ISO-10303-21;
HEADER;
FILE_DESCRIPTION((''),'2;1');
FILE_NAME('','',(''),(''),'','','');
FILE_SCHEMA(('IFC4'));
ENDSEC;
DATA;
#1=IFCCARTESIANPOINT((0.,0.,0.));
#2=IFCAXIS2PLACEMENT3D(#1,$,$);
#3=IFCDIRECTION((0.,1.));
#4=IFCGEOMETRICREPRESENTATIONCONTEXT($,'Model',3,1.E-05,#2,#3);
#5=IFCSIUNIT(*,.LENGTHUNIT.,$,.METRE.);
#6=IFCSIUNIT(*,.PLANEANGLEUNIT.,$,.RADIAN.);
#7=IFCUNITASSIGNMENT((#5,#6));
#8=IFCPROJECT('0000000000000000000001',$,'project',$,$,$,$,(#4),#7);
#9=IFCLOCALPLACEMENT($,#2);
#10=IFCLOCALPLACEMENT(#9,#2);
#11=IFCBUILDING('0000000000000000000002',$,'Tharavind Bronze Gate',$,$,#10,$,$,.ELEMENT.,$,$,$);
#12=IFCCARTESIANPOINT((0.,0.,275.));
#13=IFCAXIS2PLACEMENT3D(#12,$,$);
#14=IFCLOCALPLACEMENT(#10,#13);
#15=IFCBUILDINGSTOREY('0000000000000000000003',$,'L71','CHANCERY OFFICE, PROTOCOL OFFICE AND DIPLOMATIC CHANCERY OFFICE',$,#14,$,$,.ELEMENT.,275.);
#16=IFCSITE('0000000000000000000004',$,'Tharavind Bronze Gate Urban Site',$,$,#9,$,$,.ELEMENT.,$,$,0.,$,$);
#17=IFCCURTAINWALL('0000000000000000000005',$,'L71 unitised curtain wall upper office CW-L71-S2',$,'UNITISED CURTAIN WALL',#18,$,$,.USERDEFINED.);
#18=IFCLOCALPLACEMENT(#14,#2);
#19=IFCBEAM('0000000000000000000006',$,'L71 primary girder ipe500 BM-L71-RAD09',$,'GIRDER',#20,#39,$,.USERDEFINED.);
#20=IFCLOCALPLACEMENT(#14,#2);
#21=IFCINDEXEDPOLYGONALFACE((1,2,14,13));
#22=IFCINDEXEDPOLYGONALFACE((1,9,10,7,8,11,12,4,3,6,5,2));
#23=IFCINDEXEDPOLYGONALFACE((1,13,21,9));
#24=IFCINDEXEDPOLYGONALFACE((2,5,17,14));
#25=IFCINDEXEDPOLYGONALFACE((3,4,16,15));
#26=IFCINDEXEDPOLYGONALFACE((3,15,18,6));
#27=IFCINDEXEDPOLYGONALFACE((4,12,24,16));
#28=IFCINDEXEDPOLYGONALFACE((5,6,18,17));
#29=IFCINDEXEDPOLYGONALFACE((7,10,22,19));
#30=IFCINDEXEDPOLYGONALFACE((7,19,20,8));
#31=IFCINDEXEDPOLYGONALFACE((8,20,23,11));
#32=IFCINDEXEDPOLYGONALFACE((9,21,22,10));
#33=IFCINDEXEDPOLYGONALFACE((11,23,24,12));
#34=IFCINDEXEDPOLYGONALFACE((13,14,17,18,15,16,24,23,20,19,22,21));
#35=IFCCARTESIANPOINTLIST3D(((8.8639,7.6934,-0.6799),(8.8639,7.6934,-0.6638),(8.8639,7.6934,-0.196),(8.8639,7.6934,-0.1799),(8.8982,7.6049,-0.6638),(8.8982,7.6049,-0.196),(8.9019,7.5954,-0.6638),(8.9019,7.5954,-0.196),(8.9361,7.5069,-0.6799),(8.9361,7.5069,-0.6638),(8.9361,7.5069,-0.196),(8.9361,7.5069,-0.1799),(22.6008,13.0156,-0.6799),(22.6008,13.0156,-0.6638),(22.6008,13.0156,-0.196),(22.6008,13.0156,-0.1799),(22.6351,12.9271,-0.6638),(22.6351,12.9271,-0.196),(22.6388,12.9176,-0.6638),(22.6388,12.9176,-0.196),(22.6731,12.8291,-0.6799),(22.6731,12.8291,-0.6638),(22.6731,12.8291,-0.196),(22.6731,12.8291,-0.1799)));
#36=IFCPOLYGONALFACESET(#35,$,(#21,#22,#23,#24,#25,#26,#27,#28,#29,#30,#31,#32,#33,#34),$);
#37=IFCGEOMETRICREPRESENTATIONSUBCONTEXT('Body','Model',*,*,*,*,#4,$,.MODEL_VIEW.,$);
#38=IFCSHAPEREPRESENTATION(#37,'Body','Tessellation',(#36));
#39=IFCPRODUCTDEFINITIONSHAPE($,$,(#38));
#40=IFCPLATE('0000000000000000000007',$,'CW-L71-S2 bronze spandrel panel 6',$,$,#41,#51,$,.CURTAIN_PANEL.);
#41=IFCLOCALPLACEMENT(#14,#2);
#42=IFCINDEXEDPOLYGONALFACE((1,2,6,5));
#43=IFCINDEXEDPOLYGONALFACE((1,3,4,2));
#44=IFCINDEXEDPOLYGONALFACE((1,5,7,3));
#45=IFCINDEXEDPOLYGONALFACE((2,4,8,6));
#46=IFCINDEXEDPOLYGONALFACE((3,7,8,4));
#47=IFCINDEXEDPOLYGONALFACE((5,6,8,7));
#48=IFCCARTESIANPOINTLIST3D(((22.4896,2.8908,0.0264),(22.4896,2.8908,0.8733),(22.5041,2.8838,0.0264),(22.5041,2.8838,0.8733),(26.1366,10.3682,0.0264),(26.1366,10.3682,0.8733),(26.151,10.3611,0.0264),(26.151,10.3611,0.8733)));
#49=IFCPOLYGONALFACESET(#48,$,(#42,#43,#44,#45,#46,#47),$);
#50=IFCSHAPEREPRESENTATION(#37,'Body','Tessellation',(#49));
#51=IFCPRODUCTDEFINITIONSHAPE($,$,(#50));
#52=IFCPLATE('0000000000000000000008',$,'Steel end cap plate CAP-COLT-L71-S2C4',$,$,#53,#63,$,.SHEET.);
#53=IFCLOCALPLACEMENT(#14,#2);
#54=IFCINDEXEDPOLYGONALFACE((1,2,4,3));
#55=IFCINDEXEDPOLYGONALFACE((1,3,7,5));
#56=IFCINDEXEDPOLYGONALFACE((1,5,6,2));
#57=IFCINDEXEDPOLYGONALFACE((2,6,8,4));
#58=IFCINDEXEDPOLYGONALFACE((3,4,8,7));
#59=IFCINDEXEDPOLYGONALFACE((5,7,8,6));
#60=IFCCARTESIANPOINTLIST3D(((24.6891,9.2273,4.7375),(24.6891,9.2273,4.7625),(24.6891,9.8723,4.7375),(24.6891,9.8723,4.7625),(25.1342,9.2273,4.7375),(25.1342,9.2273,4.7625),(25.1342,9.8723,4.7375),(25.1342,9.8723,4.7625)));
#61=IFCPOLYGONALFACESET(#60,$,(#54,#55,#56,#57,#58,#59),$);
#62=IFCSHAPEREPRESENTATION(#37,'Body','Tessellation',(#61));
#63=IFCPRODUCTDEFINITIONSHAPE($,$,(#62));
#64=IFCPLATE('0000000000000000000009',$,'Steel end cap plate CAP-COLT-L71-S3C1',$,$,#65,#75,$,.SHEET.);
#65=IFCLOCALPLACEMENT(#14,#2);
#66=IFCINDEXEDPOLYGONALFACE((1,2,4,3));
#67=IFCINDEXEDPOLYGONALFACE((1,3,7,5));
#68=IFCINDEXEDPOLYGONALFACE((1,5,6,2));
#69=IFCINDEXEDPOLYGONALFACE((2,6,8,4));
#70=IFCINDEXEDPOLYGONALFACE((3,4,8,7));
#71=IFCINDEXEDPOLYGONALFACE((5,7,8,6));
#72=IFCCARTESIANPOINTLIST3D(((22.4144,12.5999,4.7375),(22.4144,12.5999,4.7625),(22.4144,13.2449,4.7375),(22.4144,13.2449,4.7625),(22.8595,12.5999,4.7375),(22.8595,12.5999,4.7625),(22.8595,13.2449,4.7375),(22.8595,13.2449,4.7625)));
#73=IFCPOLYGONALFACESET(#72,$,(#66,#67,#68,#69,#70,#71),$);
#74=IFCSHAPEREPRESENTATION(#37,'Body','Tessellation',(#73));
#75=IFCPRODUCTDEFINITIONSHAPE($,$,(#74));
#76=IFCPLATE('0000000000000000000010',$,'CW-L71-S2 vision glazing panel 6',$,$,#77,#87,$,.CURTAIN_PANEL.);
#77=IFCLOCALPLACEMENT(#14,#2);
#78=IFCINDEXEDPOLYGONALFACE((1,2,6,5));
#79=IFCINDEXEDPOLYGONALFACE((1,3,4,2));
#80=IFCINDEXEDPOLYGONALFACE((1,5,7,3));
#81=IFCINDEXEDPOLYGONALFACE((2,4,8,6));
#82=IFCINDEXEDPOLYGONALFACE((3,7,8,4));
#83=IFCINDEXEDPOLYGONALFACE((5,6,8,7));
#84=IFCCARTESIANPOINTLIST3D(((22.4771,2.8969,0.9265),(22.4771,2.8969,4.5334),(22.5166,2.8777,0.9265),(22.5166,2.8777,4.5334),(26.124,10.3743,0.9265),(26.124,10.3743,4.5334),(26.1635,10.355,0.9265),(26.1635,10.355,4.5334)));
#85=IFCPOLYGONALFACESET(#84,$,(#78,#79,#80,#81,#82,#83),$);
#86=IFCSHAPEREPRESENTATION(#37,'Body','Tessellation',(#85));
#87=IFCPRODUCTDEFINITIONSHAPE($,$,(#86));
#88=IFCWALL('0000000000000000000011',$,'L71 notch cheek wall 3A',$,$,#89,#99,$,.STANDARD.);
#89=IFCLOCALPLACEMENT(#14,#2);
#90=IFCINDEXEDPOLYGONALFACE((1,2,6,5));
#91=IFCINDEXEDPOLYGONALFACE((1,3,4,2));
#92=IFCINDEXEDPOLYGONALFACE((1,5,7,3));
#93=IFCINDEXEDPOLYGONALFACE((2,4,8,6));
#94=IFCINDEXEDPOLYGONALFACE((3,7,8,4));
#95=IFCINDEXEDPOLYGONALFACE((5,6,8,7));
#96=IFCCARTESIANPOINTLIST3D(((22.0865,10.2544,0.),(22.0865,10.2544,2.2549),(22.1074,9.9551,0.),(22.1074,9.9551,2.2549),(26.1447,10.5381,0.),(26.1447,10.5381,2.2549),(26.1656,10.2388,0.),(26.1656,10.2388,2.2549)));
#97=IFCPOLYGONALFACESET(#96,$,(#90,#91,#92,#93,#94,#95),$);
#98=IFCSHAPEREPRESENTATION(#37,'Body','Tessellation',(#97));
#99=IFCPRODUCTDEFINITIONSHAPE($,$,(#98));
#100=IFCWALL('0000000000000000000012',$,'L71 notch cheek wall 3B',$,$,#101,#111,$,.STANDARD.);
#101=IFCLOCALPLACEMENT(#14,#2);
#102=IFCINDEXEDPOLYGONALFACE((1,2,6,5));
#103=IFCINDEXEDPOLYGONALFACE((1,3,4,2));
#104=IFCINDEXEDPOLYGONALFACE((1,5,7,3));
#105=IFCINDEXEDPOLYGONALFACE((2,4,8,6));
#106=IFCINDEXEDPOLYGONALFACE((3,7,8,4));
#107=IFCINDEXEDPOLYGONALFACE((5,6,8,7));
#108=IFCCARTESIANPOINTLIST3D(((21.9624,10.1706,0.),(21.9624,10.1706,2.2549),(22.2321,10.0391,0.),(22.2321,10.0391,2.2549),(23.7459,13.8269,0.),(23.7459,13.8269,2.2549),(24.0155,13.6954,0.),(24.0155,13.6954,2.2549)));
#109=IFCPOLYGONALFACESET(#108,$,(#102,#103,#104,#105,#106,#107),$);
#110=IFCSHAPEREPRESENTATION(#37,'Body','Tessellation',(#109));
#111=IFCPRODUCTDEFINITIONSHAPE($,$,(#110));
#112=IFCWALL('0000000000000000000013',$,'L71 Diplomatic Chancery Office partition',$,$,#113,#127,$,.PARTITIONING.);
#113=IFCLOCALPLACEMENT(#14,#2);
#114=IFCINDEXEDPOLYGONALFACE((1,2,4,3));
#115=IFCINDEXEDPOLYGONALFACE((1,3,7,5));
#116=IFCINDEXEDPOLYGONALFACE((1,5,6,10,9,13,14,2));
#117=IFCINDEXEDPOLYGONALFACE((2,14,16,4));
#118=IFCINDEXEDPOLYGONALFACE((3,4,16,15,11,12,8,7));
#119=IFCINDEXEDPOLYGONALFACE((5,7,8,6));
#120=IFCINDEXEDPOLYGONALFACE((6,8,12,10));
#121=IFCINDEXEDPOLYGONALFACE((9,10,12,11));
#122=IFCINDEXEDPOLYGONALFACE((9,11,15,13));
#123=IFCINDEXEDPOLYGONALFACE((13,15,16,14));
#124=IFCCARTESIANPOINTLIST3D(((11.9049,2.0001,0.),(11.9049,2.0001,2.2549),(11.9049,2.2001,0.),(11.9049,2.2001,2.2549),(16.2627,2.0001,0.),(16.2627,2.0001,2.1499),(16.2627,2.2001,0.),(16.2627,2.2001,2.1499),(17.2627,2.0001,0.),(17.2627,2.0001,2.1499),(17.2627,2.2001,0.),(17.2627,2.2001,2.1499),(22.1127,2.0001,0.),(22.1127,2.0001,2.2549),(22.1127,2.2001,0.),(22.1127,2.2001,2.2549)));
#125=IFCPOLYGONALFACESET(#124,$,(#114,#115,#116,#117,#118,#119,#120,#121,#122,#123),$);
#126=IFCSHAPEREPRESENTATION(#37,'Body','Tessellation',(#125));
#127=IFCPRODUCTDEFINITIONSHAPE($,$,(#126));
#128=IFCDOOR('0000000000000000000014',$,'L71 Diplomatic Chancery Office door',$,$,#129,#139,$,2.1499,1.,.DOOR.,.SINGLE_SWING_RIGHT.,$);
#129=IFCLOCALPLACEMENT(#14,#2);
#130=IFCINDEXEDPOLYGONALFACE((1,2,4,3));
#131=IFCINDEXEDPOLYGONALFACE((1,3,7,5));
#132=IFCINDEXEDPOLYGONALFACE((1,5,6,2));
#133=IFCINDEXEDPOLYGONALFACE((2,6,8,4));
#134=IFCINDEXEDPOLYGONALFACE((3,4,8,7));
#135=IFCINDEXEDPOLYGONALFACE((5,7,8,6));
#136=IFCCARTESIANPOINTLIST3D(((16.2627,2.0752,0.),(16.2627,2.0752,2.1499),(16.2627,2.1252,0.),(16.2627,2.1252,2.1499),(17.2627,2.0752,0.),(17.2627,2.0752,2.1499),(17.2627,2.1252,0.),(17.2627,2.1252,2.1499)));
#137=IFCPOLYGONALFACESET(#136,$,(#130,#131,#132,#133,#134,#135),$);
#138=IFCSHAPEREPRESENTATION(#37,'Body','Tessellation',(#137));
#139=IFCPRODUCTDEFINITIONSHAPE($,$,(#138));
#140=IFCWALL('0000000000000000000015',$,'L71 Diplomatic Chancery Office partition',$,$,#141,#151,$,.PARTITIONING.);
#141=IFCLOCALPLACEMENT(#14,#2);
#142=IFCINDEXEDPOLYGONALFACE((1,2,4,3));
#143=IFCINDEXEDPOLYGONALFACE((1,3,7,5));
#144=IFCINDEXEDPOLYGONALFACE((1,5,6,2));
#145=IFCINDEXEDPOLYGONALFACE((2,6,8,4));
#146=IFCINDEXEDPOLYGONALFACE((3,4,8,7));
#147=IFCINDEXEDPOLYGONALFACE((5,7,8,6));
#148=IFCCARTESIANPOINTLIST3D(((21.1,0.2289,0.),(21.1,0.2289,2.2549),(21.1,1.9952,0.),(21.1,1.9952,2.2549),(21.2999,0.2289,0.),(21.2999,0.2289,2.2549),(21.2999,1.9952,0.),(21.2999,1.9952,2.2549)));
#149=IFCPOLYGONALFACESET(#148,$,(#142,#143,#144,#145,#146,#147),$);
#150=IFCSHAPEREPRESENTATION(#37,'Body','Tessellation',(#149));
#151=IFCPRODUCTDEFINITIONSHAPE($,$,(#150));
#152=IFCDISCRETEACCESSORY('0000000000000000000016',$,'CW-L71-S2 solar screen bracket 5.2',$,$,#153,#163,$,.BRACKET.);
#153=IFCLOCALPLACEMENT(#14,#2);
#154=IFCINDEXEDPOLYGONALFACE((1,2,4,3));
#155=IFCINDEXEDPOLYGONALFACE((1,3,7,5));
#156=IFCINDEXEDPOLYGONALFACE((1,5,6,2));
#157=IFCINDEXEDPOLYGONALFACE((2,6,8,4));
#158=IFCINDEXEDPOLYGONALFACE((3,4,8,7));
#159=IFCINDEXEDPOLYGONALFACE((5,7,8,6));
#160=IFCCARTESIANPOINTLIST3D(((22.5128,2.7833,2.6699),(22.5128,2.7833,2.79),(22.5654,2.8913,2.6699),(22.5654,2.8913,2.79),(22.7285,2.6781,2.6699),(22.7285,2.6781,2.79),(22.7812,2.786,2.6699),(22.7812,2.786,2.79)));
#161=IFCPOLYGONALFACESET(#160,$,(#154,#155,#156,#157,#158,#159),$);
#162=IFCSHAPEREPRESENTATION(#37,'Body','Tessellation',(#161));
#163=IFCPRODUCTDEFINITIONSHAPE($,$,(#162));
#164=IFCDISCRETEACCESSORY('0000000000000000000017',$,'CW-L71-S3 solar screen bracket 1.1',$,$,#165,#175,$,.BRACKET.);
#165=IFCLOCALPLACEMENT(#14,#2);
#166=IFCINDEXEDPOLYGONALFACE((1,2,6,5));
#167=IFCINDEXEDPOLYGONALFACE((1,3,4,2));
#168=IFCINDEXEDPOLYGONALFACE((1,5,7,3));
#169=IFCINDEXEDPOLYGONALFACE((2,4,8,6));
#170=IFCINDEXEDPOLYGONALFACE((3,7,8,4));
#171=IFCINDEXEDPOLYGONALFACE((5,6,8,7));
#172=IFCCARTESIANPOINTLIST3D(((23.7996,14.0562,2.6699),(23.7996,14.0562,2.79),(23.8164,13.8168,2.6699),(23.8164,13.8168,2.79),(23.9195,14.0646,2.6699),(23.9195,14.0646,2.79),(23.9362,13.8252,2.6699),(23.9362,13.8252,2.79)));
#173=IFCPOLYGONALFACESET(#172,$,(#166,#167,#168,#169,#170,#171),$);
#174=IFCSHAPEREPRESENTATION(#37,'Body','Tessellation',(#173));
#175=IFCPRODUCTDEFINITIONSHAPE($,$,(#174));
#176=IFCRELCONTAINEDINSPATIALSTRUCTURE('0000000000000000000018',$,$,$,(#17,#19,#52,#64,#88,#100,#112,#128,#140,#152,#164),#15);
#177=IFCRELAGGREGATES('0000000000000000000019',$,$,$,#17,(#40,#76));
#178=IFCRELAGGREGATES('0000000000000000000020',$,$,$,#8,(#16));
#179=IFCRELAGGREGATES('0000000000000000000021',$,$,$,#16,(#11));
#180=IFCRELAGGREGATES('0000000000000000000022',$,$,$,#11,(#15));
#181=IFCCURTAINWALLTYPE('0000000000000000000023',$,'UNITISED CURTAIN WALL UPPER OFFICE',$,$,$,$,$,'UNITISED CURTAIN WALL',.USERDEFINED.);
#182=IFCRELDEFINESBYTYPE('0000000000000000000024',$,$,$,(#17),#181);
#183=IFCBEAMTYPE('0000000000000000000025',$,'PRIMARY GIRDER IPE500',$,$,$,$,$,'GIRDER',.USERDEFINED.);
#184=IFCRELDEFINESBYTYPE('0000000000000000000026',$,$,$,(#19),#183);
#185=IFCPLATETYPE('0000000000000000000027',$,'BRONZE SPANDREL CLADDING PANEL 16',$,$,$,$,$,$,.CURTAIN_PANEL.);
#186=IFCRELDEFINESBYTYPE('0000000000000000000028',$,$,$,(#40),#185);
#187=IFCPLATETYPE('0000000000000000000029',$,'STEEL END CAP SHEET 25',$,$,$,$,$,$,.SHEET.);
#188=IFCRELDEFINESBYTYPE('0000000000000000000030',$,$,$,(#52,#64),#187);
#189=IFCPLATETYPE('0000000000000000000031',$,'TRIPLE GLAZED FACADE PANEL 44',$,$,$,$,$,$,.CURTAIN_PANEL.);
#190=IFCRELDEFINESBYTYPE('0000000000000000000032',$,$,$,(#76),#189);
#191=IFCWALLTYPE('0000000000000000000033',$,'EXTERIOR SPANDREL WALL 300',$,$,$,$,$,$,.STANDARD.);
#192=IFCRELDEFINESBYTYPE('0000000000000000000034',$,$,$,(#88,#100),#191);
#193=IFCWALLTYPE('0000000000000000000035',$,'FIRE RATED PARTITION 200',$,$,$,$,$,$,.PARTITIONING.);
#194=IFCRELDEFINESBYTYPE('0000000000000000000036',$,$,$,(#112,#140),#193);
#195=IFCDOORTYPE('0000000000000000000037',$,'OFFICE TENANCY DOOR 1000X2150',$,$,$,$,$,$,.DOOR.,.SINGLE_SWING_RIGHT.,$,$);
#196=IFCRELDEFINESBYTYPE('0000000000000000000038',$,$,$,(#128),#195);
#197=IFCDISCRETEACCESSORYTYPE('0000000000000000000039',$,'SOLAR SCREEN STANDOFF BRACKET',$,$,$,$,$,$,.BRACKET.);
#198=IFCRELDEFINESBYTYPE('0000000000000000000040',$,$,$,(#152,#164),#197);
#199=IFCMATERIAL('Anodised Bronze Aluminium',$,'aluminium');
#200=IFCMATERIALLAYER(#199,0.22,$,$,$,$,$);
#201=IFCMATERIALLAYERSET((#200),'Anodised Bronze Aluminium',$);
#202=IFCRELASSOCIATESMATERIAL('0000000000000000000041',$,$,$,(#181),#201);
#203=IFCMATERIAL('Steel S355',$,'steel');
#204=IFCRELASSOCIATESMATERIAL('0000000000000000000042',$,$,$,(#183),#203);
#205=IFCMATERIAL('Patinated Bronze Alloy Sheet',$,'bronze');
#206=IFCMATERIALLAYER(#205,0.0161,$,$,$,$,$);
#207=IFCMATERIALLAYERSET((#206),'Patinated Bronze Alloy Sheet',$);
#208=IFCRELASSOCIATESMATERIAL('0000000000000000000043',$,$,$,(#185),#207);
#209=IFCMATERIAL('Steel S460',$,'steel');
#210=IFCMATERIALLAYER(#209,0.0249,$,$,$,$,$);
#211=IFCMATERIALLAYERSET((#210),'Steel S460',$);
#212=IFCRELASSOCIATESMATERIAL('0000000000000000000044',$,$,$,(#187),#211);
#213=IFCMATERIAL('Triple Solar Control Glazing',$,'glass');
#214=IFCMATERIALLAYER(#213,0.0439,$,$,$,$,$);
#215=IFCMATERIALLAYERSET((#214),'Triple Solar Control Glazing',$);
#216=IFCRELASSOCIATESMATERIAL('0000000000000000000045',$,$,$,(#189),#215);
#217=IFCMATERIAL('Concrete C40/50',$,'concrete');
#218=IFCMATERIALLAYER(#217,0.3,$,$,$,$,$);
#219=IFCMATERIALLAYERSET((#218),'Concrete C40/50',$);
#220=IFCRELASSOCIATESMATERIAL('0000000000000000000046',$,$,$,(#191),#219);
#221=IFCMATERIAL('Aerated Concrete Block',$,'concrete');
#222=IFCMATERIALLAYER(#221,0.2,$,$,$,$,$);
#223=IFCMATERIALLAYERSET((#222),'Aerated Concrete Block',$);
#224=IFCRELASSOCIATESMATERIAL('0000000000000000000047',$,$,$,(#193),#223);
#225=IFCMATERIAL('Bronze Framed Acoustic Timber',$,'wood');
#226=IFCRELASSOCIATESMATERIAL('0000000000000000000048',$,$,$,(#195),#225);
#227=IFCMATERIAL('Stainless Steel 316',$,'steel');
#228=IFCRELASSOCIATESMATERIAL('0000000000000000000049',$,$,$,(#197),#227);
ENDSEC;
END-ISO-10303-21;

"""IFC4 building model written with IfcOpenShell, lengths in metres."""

from ifc_helpers import new_model, si_unit, direction, frame, frame_2d, origin, origin_2d, place, context, subcontext, project, spatial, rectangle, i_section, extrude, material, layer, layer_set, material_profile, profile_set, type_object, element, fill, aggregate, save


model = new_model("IFC4")

# Units and contexts
model_context = context("Model", 3, precision=1e-05, world=origin(), true_north=direction((0.0, 1.0)))
body_context = subcontext(model_context, "Body", "Model", "MODEL_VIEW")
ifc_project = project(units=[si_unit("LENGTHUNIT", "METRE"), si_unit("PLANEANGLEUNIT", "RADIAN")], contexts=[model_context])

# Site, building, storey
site_placement = place(None, origin())
site = spatial("IfcSite", under=ifc_project, at=site_placement, Name="Tharavind Bronze Gate Urban Site", CompositionType="ELEMENT", RefElevation=0.0)
building_placement = place(site_placement, origin())
building = spatial("IfcBuilding", under=site, at=building_placement, Name="Tharavind Bronze Gate", CompositionType="ELEMENT")
storey_placement = place(building_placement, frame((0.0, 0.0, 275.0)))
storey = spatial("IfcBuildingStorey", under=building, at=storey_placement, Name="L71", Description="CHANCERY OFFICE, PROTOCOL OFFICE AND DIPLOMATIC CHANCERY OFFICE", CompositionType="ELEMENT", Elevation=275.0)

# Shared definitions
ifc_material_1 = material(Name="Steel S460", Category="steel")

# Curtain wall
ifc_material_2 = material(Name="Anodised Bronze Aluminium", Category="aluminium")
ifc_layer_1 = layer(ifc_material_2, 0.22)
ifc_layer_set_1 = layer_set([ifc_layer_1], Name="Anodised Bronze Aluminium")
curtain_wall_type = type_object("IfcCurtainWallType", Name="UNITISED CURTAIN WALL UPPER OFFICE", ElementType="UNITISED CURTAIN WALL", PredefinedType="USERDEFINED", material=ifc_layer_set_1)
curtain_wall_1_placement = place(storey_placement, origin())
curtain_wall_1 = element("IfcCurtainWall", 1, at=curtain_wall_1_placement, inside=storey, type_object=curtain_wall_type, Name="L71 unitised curtain wall upper office CW-L71-S2", ObjectType="UNITISED CURTAIN WALL", PredefinedType="USERDEFINED")

# Beam
ifc_material_3 = material(Name="Steel S355", Category="steel")
ifc_material_profile_1 = material_profile(ifc_material_3, i_section(OverallWidth=0.2, OverallDepth=0.5, WebThickness=0.0103, FlangeThickness=0.0161, at=origin_2d()), Name="IPE500")
ifc_profile_set_1 = profile_set([ifc_material_profile_1], Name="Steel S355")
beam_type_1 = type_object("IfcBeamType", Name="PRIMARY GIRDER IPE500", ElementType="GIRDER", PredefinedType="USERDEFINED", material=ifc_profile_set_1)
beam_1_placement = place(storey_placement, frame((22.637, 12.9224, -0.4299), z_axis=(-0.932461, -0.361271, 0.0), x_axis=(0.361271, -0.932461, 0.0)))
element("IfcBeam", 2, at=beam_1_placement, inside=storey, type_object=beam_type_1, Name="L71 primary girder ipe500 BM-L71-RAD09", ObjectType="GIRDER", PredefinedType="USERDEFINED", context=body_context, shape_type="SweptSolid", body=[
    extrude(i_section(OverallWidth=0.2, OverallDepth=0.5, WebThickness=0.0103, FlangeThickness=0.0161, at=origin_2d()), origin(), (0.0, 0.0, 1.0), 14.7319),
])

# Plate
ifc_material_4 = material(Name="Patinated Bronze Alloy Sheet", Category="bronze")
ifc_layer_2 = layer(ifc_material_4, 0.0161)
ifc_layer_set_2 = layer_set([ifc_layer_2], Name="Patinated Bronze Alloy Sheet")
plate_type_1 = type_object("IfcPlateType", Name="BRONZE SPANDREL CLADDING PANEL 16", PredefinedType="CURTAIN_PANEL", material=ifc_layer_set_2)
plate_1_placement = place(storey_placement, frame((24.3203, 6.626, 0.0264), z_axis=(0.0, 0.0, 1.0), x_axis=(0.438373, 0.898793, 0.0)))
plate_1 = element("IfcPlate", 3, at=plate_1_placement, type_object=plate_type_1, Name="CW-L71-S2 bronze spandrel panel 6", PredefinedType="CURTAIN_PANEL", context=body_context, shape_type="SweptSolid", body=[
    extrude(rectangle(XDim=8.3193, YDim=0.0161, at=origin_2d()), origin(), (0.0, 0.0, 1.0), 0.8469),
])

# Plates
ifc_layer_3 = layer(ifc_material_1, 0.0249)
ifc_layer_set_3 = layer_set([ifc_layer_3], Name="Steel S460")
plate_type_2 = type_object("IfcPlateType", Name="STEEL END CAP SHEET 25", PredefinedType="SHEET", material=ifc_layer_set_3)
for number, where, z_axis, x_axis, name in (
    (4, (24.9116, 9.5498, 4.7375), (0.0, 0.0, 1.0), (1.0, 0.0, 0.0), "Steel end cap plate CAP-COLT-L71-S2C4"),
    (5, (22.637, 12.9224, 4.7375), (0.0, 0.0, 1.0), (1.0, 0.0, 0.0), "Steel end cap plate CAP-COLT-L71-S3C1"),
):
    element("IfcPlate", number, at=place(storey_placement, frame(where, z_axis=z_axis, x_axis=x_axis)), inside=storey, type_object=plate_type_2, Name=name, PredefinedType="SHEET", context=body_context, shape_type="SweptSolid", body=[
        extrude(rectangle(XDim=0.4451, YDim=0.645, at=origin_2d()), origin(), (0.0, 0.0, 1.0), 0.0249),
    ])

# Plate
ifc_material_5 = material(Name="Triple Solar Control Glazing", Category="glass")
ifc_layer_4 = layer(ifc_material_5, 0.0439)
ifc_layer_set_4 = layer_set([ifc_layer_4], Name="Triple Solar Control Glazing")
plate_type_3 = type_object("IfcPlateType", Name="TRIPLE GLAZED FACADE PANEL 44", PredefinedType="CURTAIN_PANEL", material=ifc_layer_set_4)
plate_2_placement = place(storey_placement, frame((24.3203, 6.626, 0.9265), z_axis=(0.0, 0.0, 1.0), x_axis=(0.438373, 0.898793, 0.0)))
plate_2 = element("IfcPlate", 6, at=plate_2_placement, type_object=plate_type_3, Name="CW-L71-S2 vision glazing panel 6", PredefinedType="CURTAIN_PANEL", context=body_context, shape_type="SweptSolid", body=[
    extrude(rectangle(XDim=8.3193, YDim=0.0439, at=origin_2d()), origin(), (0.0, 0.0, 1.0), 3.6069),
])
aggregate(curtain_wall_1, [plate_1, plate_2])

# Walls
ifc_material_6 = material(Name="Concrete C40/50", Category="concrete")
ifc_layer_5 = layer(ifc_material_6, 0.3)
ifc_layer_set_5 = layer_set([ifc_layer_5], Name="Concrete C40/50")
wall_type_1 = type_object("IfcWallType", Name="EXTERIOR SPANDREL WALL 300", PredefinedType="STANDARD", material=ifc_layer_set_5)
for number, where, z_axis, x_axis, name in (
    (7, (26.1553, 10.3884, 0.0), (0.0, 0.0, 1.0), (-0.997565, -0.069737, 0.0), "L71 notch cheek wall 3A"),
    (8, (22.0972, 10.1047, 0.0), (0.0, 0.0, 1.0), (0.438406, 0.898777, 0.0), "L71 notch cheek wall 3B"),
):
    element("IfcWall", number, at=place(storey_placement, frame(where, z_axis=z_axis, x_axis=x_axis)), inside=storey, type_object=wall_type_1, Name=name, PredefinedType="STANDARD", context=body_context, shape_type="SweptSolid", body=[
        extrude(rectangle(XDim=4.0681, YDim=0.3, at=frame_2d((2.0342, 0.0))), origin(), (0.0, 0.0, 1.0), 2.2549),
    ])

# Wall, opening, door
ifc_material_7 = material(Name="Aerated Concrete Block", Category="concrete")
ifc_layer_6 = layer(ifc_material_7, 0.2)
ifc_layer_set_6 = layer_set([ifc_layer_6], Name="Aerated Concrete Block")
wall_type_2 = type_object("IfcWallType", Name="FIRE RATED PARTITION 200", PredefinedType="PARTITIONING", material=ifc_layer_set_6)
wall_1_placement = place(storey_placement, frame((22.1128, 2.1001, 0.0), z_axis=(0.0, 0.0, 1.0), x_axis=(-1.0, 0.0, 0.0)))
wall_1 = element("IfcWall", 9, at=wall_1_placement, inside=storey, type_object=wall_type_2, Name="L71 Diplomatic Chancery Office partition", PredefinedType="PARTITIONING", context=body_context, shape_type="SweptSolid", body=[
    extrude(rectangle(XDim=10.2078, YDim=0.2, at=frame_2d((5.104, 0.0))), origin(), (0.0, 0.0, 1.0), 2.2549),
])
opening_placement = place(wall_1_placement, frame((4.8501, 0.0, 0.0)))
opening = element("IfcOpeningElement", 10, at=opening_placement, cuts=wall_1, PredefinedType="OPENING", context=body_context, shape_type="SweptSolid", body=[
    extrude(rectangle(XDim=1.0, YDim=2.1499, at=frame_2d((0.5, 1.075))), frame((0.0, 0.1101, 0.0), z_axis=(0.0, -1.0, 0.0), x_axis=(1.0, 0.0, 0.0)), (0.0, 0.0, 1.0), 0.22),
])
ifc_material_8 = material(Name="Bronze Framed Acoustic Timber", Category="wood")
door_type = type_object("IfcDoorType", Name="OFFICE TENANCY DOOR 1000X2150", OperationType="SINGLE_SWING_RIGHT", PredefinedType="DOOR", material=ifc_material_8)
door_placement = place(opening_placement, origin())
door = element("IfcDoor", 11, at=door_placement, inside=storey, type_object=door_type, Name="L71 Diplomatic Chancery Office door", OperationType="SINGLE_SWING_RIGHT", OverallHeight=2.1499, OverallWidth=1.0, PredefinedType="DOOR", context=body_context, shape_type="SweptSolid", body=[
    extrude(rectangle(XDim=1.0, YDim=2.1499, at=frame_2d((0.5, 1.075))), frame((0.0, 0.0249, 0.0), z_axis=(0.0, -1.0, 0.0), x_axis=(1.0, 0.0, 0.0)), (0.0, 0.0, 1.0), 0.05),
])
fill(opening, door)

# Wall
wall_2_placement = place(storey_placement, frame((21.2, 0.2288, 0.0), z_axis=(0.0, 0.0, 1.0), x_axis=(0.0, 1.0, 0.0)))
element("IfcWall", 12, at=wall_2_placement, inside=storey, type_object=wall_type_2, Name="L71 Diplomatic Chancery Office partition", PredefinedType="PARTITIONING", context=body_context, shape_type="SweptSolid", body=[
    extrude(rectangle(XDim=1.7664, YDim=0.2, at=frame_2d((0.8833, 0.0))), origin(), (0.0, 0.0, 1.0), 2.2549),
])

# Discrete accessories
ifc_material_9 = material(Name="Stainless Steel 316", Category="steel")
discrete_accessory_type = type_object("IfcDiscreteAccessoryType", Name="SOLAR SCREEN STANDOFF BRACKET", PredefinedType="BRACKET", material=ifc_material_9)
for number, where, z_axis, x_axis, name in (
    (13, (22.647, 2.7847, 2.6699), (0.0, 0.0, 1.0), (0.438373, 0.898793, 0.0), "CW-L71-S2 solar screen bracket 5.2"),
    (14, (23.8679, 13.9407, 2.6699), (0.0, 0.0, 1.0), (-0.997564, -0.06976, 0.0), "CW-L71-S3 solar screen bracket 1.1"),
):
    element("IfcDiscreteAccessory", number, at=place(storey_placement, frame(where, z_axis=z_axis, x_axis=x_axis)), inside=storey, type_object=discrete_accessory_type, Name=name, PredefinedType="BRACKET", context=body_context, shape_type="SweptSolid", body=[
        extrude(rectangle(XDim=0.1201, YDim=0.24, at=origin_2d()), origin(), (0.0, 0.0, 1.0), 0.1201),
    ])

save(model, "model.ifc")
